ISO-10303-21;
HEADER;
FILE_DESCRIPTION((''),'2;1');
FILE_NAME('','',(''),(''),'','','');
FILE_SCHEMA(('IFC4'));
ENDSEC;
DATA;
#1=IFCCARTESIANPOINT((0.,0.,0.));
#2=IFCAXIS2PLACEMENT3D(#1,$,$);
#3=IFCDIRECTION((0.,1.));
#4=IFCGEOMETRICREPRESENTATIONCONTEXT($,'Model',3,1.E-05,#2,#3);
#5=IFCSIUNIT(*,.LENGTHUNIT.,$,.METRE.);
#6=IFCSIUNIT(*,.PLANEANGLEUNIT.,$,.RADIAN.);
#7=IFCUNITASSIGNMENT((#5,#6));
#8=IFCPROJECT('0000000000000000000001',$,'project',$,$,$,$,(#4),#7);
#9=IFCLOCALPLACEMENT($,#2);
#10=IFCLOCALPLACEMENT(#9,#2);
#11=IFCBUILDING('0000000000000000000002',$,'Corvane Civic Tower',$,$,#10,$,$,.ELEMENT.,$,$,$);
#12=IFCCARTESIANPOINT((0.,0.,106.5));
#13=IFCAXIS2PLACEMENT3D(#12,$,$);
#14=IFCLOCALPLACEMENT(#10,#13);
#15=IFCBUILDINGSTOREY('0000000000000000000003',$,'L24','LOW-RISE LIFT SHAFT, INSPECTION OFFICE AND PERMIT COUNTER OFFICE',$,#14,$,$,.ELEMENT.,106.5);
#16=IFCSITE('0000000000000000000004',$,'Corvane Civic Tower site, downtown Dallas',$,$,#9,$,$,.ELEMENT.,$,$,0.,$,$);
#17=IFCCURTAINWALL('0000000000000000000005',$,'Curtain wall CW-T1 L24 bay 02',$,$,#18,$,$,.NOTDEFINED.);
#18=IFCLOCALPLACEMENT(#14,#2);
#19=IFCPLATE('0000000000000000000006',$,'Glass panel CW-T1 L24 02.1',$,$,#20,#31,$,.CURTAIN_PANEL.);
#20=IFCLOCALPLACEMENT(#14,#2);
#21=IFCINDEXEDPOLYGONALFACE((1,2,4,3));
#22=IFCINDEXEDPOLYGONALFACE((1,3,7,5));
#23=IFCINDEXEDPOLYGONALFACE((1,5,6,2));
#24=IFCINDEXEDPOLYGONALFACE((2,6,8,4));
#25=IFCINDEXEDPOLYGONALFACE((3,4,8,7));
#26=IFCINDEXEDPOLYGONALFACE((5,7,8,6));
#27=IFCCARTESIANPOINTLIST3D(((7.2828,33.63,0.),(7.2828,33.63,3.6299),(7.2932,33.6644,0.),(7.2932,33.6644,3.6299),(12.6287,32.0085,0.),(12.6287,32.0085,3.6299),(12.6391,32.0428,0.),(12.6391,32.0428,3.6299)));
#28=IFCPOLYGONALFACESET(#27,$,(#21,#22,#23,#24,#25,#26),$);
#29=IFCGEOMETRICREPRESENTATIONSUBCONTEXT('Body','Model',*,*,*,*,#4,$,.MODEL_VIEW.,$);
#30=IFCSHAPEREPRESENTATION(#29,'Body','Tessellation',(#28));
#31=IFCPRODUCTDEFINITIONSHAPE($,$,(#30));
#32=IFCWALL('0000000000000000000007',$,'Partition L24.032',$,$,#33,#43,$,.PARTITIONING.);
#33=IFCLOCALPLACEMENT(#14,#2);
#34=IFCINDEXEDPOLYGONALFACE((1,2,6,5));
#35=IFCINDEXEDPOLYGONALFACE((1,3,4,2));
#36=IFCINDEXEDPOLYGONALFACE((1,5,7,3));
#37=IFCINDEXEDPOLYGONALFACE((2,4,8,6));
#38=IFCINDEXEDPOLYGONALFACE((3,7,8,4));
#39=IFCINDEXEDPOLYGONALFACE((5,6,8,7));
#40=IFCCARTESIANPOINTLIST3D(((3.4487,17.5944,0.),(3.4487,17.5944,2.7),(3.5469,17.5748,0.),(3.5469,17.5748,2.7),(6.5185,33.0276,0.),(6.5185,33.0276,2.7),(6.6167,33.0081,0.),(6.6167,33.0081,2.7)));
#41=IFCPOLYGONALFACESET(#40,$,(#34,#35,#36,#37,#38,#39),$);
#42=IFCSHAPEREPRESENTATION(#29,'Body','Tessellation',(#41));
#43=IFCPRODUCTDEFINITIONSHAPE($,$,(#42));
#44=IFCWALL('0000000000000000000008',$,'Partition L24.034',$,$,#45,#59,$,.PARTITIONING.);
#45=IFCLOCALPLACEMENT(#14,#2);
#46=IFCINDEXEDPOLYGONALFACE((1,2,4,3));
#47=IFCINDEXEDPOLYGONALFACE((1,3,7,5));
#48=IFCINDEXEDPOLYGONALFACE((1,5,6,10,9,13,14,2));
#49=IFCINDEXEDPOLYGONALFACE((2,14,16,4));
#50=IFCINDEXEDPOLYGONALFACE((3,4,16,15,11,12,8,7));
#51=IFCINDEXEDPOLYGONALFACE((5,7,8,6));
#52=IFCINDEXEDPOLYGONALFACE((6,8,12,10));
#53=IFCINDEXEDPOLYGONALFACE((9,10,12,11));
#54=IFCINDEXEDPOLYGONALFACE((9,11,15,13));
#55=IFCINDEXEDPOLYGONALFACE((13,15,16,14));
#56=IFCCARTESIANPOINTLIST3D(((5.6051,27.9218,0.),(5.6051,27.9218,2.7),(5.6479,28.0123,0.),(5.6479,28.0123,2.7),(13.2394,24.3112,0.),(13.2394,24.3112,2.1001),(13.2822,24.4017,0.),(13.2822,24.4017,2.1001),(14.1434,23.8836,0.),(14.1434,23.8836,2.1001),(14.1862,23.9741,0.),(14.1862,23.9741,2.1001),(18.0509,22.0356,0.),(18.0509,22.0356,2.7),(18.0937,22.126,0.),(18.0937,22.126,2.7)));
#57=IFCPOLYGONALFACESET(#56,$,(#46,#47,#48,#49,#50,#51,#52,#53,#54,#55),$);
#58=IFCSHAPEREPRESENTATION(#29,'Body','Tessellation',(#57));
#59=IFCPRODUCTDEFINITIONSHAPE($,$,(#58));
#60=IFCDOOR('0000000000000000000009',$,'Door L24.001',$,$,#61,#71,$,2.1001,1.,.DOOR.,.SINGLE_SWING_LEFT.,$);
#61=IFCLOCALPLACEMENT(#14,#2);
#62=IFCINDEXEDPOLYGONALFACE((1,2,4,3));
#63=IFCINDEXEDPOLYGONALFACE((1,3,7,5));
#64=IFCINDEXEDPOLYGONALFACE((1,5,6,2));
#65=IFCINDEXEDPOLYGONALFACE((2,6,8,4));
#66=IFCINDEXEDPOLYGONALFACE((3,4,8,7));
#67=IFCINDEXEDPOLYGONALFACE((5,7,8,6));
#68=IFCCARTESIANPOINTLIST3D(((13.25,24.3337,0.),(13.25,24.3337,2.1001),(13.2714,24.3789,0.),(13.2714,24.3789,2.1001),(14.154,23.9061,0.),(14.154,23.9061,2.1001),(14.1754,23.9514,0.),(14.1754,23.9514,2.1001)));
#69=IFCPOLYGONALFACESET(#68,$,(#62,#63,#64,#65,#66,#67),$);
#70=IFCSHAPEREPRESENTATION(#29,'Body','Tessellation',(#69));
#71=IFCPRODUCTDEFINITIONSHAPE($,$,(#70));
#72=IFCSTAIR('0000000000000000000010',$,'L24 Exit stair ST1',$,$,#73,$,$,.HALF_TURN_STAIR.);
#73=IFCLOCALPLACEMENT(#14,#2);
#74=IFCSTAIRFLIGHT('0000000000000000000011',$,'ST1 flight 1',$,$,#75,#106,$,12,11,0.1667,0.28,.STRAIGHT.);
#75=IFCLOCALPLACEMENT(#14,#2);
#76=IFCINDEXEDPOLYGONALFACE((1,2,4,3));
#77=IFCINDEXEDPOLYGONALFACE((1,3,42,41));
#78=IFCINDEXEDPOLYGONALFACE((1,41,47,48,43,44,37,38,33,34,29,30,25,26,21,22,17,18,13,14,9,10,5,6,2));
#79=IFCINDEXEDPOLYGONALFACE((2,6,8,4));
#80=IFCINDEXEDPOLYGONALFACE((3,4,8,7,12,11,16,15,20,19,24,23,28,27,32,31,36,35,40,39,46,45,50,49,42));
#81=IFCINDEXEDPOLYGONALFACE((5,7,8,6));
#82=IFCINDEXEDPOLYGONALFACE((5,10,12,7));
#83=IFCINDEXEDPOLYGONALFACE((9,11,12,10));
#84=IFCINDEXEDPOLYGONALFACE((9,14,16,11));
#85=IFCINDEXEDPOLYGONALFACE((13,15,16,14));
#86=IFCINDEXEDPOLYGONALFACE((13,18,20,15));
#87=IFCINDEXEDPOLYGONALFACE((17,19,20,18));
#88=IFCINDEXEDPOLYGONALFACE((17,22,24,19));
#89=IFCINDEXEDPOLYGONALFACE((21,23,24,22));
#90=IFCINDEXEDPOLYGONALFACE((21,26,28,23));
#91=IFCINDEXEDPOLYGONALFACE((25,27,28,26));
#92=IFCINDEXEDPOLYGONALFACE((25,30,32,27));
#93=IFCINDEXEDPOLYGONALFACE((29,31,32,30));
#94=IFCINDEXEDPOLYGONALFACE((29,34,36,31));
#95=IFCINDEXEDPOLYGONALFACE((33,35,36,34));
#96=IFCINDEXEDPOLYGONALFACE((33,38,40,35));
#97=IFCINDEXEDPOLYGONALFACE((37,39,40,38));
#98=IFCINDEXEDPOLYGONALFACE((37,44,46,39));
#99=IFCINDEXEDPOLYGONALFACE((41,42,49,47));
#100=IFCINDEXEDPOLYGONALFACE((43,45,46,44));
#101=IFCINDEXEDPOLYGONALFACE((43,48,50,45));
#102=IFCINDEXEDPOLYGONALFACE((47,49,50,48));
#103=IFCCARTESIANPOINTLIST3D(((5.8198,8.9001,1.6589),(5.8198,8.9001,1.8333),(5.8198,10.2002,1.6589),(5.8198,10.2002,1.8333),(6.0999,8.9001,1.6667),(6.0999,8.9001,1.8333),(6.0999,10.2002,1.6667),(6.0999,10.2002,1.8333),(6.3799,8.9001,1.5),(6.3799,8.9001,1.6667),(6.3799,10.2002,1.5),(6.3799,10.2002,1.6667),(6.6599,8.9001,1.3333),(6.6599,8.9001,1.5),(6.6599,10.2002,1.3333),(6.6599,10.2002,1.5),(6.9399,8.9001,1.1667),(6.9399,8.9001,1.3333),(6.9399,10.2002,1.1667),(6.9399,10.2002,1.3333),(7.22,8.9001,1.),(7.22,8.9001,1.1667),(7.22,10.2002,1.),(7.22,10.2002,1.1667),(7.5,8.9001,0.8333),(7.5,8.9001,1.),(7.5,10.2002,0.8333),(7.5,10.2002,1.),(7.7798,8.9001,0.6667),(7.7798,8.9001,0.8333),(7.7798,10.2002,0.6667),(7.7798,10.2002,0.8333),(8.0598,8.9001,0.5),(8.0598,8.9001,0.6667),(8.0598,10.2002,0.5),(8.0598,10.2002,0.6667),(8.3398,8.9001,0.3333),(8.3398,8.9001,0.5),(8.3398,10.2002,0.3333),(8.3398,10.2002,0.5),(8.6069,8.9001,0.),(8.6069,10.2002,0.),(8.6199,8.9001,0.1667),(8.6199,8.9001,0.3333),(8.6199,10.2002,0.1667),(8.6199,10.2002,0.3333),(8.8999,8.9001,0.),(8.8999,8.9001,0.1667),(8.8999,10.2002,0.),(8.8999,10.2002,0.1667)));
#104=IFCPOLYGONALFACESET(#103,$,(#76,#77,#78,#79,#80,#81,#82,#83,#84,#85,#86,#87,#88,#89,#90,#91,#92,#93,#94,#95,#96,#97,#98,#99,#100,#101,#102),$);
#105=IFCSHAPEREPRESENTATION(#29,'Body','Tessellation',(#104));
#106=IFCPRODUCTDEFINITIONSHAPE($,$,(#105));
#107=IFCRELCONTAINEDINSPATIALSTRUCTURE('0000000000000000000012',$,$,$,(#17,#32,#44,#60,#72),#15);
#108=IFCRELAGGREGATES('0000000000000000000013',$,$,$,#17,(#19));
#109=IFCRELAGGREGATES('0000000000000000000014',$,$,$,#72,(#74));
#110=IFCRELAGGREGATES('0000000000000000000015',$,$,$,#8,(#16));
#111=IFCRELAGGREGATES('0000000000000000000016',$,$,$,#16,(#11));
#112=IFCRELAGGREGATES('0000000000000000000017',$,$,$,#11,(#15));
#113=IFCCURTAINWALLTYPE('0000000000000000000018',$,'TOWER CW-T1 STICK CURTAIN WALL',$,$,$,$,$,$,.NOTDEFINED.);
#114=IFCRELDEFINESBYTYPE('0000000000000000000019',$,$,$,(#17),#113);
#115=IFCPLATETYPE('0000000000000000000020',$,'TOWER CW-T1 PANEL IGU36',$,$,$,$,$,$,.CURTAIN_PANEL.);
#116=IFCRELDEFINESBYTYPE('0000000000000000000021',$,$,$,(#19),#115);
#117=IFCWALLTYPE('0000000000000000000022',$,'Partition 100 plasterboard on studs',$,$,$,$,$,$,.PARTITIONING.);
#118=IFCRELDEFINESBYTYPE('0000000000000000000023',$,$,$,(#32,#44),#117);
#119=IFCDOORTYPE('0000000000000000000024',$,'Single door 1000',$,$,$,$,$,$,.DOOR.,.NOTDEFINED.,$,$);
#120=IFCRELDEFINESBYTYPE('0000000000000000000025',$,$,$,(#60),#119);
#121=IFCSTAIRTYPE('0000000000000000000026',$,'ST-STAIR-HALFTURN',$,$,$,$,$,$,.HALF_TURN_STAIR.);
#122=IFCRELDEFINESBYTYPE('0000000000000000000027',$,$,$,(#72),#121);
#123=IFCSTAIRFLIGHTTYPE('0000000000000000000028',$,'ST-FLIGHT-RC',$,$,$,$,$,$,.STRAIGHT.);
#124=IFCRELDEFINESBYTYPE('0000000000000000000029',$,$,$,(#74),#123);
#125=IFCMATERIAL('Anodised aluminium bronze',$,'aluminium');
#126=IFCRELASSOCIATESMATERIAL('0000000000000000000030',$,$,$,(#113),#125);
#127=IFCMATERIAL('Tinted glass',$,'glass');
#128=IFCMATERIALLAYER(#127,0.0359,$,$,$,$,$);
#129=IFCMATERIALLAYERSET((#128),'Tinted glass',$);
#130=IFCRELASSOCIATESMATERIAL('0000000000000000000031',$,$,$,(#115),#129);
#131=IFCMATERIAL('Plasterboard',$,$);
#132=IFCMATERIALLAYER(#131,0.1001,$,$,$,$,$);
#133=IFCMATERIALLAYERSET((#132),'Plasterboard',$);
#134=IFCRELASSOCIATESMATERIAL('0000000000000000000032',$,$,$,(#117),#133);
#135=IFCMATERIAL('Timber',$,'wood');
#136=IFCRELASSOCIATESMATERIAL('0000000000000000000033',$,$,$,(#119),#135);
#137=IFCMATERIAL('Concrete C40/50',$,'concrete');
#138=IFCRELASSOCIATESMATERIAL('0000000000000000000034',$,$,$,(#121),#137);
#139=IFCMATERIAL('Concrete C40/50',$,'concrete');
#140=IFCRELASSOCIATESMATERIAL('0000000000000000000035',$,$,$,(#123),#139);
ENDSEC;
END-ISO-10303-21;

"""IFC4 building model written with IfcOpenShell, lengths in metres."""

from ifc_helpers import new_model, si_unit, direction, frame, frame_2d, origin, origin_2d, place, context, subcontext, project, spatial, polyline, rectangle, outline, extrude, material, layer, layer_set, type_object, element, fill, aggregate, save


model = new_model("IFC4")

# Units and contexts
model_context = context("Model", 3, precision=1e-05, world=origin(), true_north=direction((0.0, 1.0)))
body_context = subcontext(model_context, "Body", "Model", "MODEL_VIEW")
ifc_project = project(units=[si_unit("LENGTHUNIT", "METRE"), si_unit("PLANEANGLEUNIT", "RADIAN")], contexts=[model_context])

# Site, building, storey
site_placement = place(None, origin())
site = spatial("IfcSite", under=ifc_project, at=site_placement, Name="Corvane Civic Tower site, downtown Dallas", CompositionType="ELEMENT", RefElevation=0.0)
building_placement = place(site_placement, origin())
building = spatial("IfcBuilding", under=site, at=building_placement, Name="Corvane Civic Tower", CompositionType="ELEMENT")
storey_placement = place(building_placement, frame((0.0, 0.0, 106.5)))
storey = spatial("IfcBuildingStorey", under=building, at=storey_placement, Name="L24", Description="LOW-RISE LIFT SHAFT, INSPECTION OFFICE AND PERMIT COUNTER OFFICE", CompositionType="ELEMENT", Elevation=106.5)

# Curtain wall
ifc_material_1 = material(Name="Anodised aluminium bronze", Category="aluminium")
curtain_wall_type = type_object("IfcCurtainWallType", Name="TOWER CW-T1 STICK CURTAIN WALL", PredefinedType="NOTDEFINED", material=ifc_material_1)
curtain_wall_1_placement = place(storey_placement, origin())
curtain_wall_1 = element("IfcCurtainWall", 1, at=curtain_wall_1_placement, inside=storey, type_object=curtain_wall_type, Name="Curtain wall CW-T1 L24 bay 02", PredefinedType="NOTDEFINED")

# Plate
ifc_material_2 = material(Name="Tinted glass", Category="glass")
ifc_layer_1 = layer(ifc_material_2, 0.0359)
ifc_layer_set_1 = layer_set([ifc_layer_1], Name="Tinted glass")
plate_type = type_object("IfcPlateType", Name="TOWER CW-T1 PANEL IGU36", PredefinedType="CURTAIN_PANEL", material=ifc_layer_set_1)
plate_1_placement = place(storey_placement, frame((9.9609, 32.8364, 0.0), z_axis=(0.0, 0.0, 1.0), x_axis=(0.956946, -0.290266, 0.0)))
plate_1 = element("IfcPlate", 2, at=plate_1_placement, type_object=plate_type, Name="Glass panel CW-T1 L24 02.1", PredefinedType="CURTAIN_PANEL", context=body_context, shape_type="SweptSolid", body=[
    extrude(rectangle(XDim=5.5864, YDim=0.0359, at=origin_2d()), origin(), (0.0, 0.0, 1.0), 3.6299),
])
aggregate(curtain_wall_1, [plate_1])

# Wall
ifc_material_3 = material(Name="Plasterboard")
ifc_layer_2 = layer(ifc_material_3, 0.1001)
ifc_layer_set_2 = layer_set([ifc_layer_2], Name="Plasterboard")
wall_type = type_object("IfcWallType", Name="Partition 100 plasterboard on studs", PredefinedType="PARTITIONING", material=ifc_layer_set_2)
wall_1_placement = place(storey_placement, frame((3.4978, 17.5847, 0.0), z_axis=(0.0, 0.0, 1.0), x_axis=(0.195087, 0.980786, 0.0)))
element("IfcWall", 3, at=wall_1_placement, inside=storey, type_object=wall_type, Name="Partition L24.032", PredefinedType="PARTITIONING", context=body_context, shape_type="SweptSolid", body=[
    extrude(rectangle(XDim=15.7356, YDim=0.1001, at=frame_2d((7.8677, 0.0))), origin(), (0.0, 0.0, 1.0), 2.7),
])

# Wall, opening, door
wall_2_placement = place(storey_placement, frame((5.6265, 27.967, 0.0), z_axis=(0.0, 0.0, 1.0), x_axis=(0.903995, -0.427544, 0.0)))
wall_2 = element("IfcWall", 4, at=wall_2_placement, inside=storey, type_object=wall_type, Name="Partition L24.034", PredefinedType="PARTITIONING", context=body_context, shape_type="SweptSolid", body=[
    extrude(rectangle(XDim=13.7676, YDim=0.1001, at=frame_2d((6.8838, 0.0))), origin(), (0.0, 0.0, 1.0), 2.7),
])
opening_placement = place(wall_2_placement, frame((8.4451, 0.0, 0.0)))
opening = element("IfcOpeningElement", 5, at=opening_placement, cuts=wall_2, PredefinedType="OPENING", context=body_context, shape_type="SweptSolid", body=[
    extrude(rectangle(XDim=1.0, YDim=2.1001, at=frame_2d((0.5, 1.05))), frame((0.0, 0.0601, 0.0), z_axis=(0.0, -1.0, 0.0), x_axis=(1.0, 0.0, 0.0)), (0.0, 0.0, 1.0), 0.1201),
])
ifc_material_4 = material(Name="Timber", Category="wood")
door_type = type_object("IfcDoorType", Name="Single door 1000", OperationType="NOTDEFINED", PredefinedType="DOOR", material=ifc_material_4)
door_placement = place(opening_placement, origin())
door = element("IfcDoor", 6, at=door_placement, inside=storey, type_object=door_type, Name="Door L24.001", OperationType="SINGLE_SWING_LEFT", OverallHeight=2.1001, OverallWidth=1.0, PredefinedType="DOOR", context=body_context, shape_type="SweptSolid", body=[
    extrude(rectangle(XDim=1.0, YDim=2.1001, at=frame_2d((0.5, 1.05))), frame((0.0, 0.0249, 0.0), z_axis=(0.0, -1.0, 0.0), x_axis=(1.0, 0.0, 0.0)), (0.0, 0.0, 1.0), 0.05),
])
fill(opening, door)

# Stair, stair flight
ifc_material_5 = material(Name="Concrete C40/50", Category="concrete")
stair_type = type_object("IfcStairType", Name="ST-STAIR-HALFTURN", PredefinedType="HALF_TURN_STAIR", material=ifc_material_5)
stair_placement = place(storey_placement, origin())
stair = element("IfcStair", 7, at=stair_placement, inside=storey, type_object=stair_type, Name="L24 Exit stair ST1", PredefinedType="HALF_TURN_STAIR")
ifc_material_6 = material(Name="Concrete C40/50", Category="concrete")
stair_flight_type = type_object("IfcStairFlightType", Name="ST-FLIGHT-RC", PredefinedType="STRAIGHT", material=ifc_material_6)
stair_flight_placement = place(storey_placement, frame((8.8999, 9.55, 0.0), z_axis=(0.0, 0.0, 1.0), x_axis=(-1.0, 0.0, 0.0)))
stair_flight = element("IfcStairFlight", 8, at=stair_flight_placement, type_object=stair_flight_type, Name="ST1 flight 1", NumberOfRisers=12, NumberOfTreads=11, PredefinedType="STRAIGHT", RiserHeight=0.1667, TreadLength=0.28, context=body_context, shape_type="SweptSolid", body=[
    extrude(outline(polyline([(0.0, 0.0), (0.0, 0.1667), (0.28, 0.1667), (0.28, 0.3333), (0.5601, 0.3333), (0.5601, 0.5), (0.8401, 0.5), (0.8401, 0.6667), (1.1201, 0.6667), (1.1201, 0.8333), (1.3999, 0.8333), (1.3999, 1.0), (1.6799, 1.0), (1.6799, 1.1667), (1.96, 1.1667), (1.96, 1.3333), (2.24, 1.3333), (2.24, 1.5), (2.52, 1.5), (2.52, 1.6667), (2.8, 1.6667), (2.8, 1.8333), (3.0801, 1.8333), (3.0801, 2.0), (3.0801, 1.6589), (0.293, 0.0), (0.0, 0.0)])), frame((0.0, 0.6499, 0.0), z_axis=(0.0, -1.0, 0.0), x_axis=(1.0, 0.0, 0.0)), (0.0, 0.0, 1.0), 1.3),
])
aggregate(stair, [stair_flight])

save(model, "model.ifc")
